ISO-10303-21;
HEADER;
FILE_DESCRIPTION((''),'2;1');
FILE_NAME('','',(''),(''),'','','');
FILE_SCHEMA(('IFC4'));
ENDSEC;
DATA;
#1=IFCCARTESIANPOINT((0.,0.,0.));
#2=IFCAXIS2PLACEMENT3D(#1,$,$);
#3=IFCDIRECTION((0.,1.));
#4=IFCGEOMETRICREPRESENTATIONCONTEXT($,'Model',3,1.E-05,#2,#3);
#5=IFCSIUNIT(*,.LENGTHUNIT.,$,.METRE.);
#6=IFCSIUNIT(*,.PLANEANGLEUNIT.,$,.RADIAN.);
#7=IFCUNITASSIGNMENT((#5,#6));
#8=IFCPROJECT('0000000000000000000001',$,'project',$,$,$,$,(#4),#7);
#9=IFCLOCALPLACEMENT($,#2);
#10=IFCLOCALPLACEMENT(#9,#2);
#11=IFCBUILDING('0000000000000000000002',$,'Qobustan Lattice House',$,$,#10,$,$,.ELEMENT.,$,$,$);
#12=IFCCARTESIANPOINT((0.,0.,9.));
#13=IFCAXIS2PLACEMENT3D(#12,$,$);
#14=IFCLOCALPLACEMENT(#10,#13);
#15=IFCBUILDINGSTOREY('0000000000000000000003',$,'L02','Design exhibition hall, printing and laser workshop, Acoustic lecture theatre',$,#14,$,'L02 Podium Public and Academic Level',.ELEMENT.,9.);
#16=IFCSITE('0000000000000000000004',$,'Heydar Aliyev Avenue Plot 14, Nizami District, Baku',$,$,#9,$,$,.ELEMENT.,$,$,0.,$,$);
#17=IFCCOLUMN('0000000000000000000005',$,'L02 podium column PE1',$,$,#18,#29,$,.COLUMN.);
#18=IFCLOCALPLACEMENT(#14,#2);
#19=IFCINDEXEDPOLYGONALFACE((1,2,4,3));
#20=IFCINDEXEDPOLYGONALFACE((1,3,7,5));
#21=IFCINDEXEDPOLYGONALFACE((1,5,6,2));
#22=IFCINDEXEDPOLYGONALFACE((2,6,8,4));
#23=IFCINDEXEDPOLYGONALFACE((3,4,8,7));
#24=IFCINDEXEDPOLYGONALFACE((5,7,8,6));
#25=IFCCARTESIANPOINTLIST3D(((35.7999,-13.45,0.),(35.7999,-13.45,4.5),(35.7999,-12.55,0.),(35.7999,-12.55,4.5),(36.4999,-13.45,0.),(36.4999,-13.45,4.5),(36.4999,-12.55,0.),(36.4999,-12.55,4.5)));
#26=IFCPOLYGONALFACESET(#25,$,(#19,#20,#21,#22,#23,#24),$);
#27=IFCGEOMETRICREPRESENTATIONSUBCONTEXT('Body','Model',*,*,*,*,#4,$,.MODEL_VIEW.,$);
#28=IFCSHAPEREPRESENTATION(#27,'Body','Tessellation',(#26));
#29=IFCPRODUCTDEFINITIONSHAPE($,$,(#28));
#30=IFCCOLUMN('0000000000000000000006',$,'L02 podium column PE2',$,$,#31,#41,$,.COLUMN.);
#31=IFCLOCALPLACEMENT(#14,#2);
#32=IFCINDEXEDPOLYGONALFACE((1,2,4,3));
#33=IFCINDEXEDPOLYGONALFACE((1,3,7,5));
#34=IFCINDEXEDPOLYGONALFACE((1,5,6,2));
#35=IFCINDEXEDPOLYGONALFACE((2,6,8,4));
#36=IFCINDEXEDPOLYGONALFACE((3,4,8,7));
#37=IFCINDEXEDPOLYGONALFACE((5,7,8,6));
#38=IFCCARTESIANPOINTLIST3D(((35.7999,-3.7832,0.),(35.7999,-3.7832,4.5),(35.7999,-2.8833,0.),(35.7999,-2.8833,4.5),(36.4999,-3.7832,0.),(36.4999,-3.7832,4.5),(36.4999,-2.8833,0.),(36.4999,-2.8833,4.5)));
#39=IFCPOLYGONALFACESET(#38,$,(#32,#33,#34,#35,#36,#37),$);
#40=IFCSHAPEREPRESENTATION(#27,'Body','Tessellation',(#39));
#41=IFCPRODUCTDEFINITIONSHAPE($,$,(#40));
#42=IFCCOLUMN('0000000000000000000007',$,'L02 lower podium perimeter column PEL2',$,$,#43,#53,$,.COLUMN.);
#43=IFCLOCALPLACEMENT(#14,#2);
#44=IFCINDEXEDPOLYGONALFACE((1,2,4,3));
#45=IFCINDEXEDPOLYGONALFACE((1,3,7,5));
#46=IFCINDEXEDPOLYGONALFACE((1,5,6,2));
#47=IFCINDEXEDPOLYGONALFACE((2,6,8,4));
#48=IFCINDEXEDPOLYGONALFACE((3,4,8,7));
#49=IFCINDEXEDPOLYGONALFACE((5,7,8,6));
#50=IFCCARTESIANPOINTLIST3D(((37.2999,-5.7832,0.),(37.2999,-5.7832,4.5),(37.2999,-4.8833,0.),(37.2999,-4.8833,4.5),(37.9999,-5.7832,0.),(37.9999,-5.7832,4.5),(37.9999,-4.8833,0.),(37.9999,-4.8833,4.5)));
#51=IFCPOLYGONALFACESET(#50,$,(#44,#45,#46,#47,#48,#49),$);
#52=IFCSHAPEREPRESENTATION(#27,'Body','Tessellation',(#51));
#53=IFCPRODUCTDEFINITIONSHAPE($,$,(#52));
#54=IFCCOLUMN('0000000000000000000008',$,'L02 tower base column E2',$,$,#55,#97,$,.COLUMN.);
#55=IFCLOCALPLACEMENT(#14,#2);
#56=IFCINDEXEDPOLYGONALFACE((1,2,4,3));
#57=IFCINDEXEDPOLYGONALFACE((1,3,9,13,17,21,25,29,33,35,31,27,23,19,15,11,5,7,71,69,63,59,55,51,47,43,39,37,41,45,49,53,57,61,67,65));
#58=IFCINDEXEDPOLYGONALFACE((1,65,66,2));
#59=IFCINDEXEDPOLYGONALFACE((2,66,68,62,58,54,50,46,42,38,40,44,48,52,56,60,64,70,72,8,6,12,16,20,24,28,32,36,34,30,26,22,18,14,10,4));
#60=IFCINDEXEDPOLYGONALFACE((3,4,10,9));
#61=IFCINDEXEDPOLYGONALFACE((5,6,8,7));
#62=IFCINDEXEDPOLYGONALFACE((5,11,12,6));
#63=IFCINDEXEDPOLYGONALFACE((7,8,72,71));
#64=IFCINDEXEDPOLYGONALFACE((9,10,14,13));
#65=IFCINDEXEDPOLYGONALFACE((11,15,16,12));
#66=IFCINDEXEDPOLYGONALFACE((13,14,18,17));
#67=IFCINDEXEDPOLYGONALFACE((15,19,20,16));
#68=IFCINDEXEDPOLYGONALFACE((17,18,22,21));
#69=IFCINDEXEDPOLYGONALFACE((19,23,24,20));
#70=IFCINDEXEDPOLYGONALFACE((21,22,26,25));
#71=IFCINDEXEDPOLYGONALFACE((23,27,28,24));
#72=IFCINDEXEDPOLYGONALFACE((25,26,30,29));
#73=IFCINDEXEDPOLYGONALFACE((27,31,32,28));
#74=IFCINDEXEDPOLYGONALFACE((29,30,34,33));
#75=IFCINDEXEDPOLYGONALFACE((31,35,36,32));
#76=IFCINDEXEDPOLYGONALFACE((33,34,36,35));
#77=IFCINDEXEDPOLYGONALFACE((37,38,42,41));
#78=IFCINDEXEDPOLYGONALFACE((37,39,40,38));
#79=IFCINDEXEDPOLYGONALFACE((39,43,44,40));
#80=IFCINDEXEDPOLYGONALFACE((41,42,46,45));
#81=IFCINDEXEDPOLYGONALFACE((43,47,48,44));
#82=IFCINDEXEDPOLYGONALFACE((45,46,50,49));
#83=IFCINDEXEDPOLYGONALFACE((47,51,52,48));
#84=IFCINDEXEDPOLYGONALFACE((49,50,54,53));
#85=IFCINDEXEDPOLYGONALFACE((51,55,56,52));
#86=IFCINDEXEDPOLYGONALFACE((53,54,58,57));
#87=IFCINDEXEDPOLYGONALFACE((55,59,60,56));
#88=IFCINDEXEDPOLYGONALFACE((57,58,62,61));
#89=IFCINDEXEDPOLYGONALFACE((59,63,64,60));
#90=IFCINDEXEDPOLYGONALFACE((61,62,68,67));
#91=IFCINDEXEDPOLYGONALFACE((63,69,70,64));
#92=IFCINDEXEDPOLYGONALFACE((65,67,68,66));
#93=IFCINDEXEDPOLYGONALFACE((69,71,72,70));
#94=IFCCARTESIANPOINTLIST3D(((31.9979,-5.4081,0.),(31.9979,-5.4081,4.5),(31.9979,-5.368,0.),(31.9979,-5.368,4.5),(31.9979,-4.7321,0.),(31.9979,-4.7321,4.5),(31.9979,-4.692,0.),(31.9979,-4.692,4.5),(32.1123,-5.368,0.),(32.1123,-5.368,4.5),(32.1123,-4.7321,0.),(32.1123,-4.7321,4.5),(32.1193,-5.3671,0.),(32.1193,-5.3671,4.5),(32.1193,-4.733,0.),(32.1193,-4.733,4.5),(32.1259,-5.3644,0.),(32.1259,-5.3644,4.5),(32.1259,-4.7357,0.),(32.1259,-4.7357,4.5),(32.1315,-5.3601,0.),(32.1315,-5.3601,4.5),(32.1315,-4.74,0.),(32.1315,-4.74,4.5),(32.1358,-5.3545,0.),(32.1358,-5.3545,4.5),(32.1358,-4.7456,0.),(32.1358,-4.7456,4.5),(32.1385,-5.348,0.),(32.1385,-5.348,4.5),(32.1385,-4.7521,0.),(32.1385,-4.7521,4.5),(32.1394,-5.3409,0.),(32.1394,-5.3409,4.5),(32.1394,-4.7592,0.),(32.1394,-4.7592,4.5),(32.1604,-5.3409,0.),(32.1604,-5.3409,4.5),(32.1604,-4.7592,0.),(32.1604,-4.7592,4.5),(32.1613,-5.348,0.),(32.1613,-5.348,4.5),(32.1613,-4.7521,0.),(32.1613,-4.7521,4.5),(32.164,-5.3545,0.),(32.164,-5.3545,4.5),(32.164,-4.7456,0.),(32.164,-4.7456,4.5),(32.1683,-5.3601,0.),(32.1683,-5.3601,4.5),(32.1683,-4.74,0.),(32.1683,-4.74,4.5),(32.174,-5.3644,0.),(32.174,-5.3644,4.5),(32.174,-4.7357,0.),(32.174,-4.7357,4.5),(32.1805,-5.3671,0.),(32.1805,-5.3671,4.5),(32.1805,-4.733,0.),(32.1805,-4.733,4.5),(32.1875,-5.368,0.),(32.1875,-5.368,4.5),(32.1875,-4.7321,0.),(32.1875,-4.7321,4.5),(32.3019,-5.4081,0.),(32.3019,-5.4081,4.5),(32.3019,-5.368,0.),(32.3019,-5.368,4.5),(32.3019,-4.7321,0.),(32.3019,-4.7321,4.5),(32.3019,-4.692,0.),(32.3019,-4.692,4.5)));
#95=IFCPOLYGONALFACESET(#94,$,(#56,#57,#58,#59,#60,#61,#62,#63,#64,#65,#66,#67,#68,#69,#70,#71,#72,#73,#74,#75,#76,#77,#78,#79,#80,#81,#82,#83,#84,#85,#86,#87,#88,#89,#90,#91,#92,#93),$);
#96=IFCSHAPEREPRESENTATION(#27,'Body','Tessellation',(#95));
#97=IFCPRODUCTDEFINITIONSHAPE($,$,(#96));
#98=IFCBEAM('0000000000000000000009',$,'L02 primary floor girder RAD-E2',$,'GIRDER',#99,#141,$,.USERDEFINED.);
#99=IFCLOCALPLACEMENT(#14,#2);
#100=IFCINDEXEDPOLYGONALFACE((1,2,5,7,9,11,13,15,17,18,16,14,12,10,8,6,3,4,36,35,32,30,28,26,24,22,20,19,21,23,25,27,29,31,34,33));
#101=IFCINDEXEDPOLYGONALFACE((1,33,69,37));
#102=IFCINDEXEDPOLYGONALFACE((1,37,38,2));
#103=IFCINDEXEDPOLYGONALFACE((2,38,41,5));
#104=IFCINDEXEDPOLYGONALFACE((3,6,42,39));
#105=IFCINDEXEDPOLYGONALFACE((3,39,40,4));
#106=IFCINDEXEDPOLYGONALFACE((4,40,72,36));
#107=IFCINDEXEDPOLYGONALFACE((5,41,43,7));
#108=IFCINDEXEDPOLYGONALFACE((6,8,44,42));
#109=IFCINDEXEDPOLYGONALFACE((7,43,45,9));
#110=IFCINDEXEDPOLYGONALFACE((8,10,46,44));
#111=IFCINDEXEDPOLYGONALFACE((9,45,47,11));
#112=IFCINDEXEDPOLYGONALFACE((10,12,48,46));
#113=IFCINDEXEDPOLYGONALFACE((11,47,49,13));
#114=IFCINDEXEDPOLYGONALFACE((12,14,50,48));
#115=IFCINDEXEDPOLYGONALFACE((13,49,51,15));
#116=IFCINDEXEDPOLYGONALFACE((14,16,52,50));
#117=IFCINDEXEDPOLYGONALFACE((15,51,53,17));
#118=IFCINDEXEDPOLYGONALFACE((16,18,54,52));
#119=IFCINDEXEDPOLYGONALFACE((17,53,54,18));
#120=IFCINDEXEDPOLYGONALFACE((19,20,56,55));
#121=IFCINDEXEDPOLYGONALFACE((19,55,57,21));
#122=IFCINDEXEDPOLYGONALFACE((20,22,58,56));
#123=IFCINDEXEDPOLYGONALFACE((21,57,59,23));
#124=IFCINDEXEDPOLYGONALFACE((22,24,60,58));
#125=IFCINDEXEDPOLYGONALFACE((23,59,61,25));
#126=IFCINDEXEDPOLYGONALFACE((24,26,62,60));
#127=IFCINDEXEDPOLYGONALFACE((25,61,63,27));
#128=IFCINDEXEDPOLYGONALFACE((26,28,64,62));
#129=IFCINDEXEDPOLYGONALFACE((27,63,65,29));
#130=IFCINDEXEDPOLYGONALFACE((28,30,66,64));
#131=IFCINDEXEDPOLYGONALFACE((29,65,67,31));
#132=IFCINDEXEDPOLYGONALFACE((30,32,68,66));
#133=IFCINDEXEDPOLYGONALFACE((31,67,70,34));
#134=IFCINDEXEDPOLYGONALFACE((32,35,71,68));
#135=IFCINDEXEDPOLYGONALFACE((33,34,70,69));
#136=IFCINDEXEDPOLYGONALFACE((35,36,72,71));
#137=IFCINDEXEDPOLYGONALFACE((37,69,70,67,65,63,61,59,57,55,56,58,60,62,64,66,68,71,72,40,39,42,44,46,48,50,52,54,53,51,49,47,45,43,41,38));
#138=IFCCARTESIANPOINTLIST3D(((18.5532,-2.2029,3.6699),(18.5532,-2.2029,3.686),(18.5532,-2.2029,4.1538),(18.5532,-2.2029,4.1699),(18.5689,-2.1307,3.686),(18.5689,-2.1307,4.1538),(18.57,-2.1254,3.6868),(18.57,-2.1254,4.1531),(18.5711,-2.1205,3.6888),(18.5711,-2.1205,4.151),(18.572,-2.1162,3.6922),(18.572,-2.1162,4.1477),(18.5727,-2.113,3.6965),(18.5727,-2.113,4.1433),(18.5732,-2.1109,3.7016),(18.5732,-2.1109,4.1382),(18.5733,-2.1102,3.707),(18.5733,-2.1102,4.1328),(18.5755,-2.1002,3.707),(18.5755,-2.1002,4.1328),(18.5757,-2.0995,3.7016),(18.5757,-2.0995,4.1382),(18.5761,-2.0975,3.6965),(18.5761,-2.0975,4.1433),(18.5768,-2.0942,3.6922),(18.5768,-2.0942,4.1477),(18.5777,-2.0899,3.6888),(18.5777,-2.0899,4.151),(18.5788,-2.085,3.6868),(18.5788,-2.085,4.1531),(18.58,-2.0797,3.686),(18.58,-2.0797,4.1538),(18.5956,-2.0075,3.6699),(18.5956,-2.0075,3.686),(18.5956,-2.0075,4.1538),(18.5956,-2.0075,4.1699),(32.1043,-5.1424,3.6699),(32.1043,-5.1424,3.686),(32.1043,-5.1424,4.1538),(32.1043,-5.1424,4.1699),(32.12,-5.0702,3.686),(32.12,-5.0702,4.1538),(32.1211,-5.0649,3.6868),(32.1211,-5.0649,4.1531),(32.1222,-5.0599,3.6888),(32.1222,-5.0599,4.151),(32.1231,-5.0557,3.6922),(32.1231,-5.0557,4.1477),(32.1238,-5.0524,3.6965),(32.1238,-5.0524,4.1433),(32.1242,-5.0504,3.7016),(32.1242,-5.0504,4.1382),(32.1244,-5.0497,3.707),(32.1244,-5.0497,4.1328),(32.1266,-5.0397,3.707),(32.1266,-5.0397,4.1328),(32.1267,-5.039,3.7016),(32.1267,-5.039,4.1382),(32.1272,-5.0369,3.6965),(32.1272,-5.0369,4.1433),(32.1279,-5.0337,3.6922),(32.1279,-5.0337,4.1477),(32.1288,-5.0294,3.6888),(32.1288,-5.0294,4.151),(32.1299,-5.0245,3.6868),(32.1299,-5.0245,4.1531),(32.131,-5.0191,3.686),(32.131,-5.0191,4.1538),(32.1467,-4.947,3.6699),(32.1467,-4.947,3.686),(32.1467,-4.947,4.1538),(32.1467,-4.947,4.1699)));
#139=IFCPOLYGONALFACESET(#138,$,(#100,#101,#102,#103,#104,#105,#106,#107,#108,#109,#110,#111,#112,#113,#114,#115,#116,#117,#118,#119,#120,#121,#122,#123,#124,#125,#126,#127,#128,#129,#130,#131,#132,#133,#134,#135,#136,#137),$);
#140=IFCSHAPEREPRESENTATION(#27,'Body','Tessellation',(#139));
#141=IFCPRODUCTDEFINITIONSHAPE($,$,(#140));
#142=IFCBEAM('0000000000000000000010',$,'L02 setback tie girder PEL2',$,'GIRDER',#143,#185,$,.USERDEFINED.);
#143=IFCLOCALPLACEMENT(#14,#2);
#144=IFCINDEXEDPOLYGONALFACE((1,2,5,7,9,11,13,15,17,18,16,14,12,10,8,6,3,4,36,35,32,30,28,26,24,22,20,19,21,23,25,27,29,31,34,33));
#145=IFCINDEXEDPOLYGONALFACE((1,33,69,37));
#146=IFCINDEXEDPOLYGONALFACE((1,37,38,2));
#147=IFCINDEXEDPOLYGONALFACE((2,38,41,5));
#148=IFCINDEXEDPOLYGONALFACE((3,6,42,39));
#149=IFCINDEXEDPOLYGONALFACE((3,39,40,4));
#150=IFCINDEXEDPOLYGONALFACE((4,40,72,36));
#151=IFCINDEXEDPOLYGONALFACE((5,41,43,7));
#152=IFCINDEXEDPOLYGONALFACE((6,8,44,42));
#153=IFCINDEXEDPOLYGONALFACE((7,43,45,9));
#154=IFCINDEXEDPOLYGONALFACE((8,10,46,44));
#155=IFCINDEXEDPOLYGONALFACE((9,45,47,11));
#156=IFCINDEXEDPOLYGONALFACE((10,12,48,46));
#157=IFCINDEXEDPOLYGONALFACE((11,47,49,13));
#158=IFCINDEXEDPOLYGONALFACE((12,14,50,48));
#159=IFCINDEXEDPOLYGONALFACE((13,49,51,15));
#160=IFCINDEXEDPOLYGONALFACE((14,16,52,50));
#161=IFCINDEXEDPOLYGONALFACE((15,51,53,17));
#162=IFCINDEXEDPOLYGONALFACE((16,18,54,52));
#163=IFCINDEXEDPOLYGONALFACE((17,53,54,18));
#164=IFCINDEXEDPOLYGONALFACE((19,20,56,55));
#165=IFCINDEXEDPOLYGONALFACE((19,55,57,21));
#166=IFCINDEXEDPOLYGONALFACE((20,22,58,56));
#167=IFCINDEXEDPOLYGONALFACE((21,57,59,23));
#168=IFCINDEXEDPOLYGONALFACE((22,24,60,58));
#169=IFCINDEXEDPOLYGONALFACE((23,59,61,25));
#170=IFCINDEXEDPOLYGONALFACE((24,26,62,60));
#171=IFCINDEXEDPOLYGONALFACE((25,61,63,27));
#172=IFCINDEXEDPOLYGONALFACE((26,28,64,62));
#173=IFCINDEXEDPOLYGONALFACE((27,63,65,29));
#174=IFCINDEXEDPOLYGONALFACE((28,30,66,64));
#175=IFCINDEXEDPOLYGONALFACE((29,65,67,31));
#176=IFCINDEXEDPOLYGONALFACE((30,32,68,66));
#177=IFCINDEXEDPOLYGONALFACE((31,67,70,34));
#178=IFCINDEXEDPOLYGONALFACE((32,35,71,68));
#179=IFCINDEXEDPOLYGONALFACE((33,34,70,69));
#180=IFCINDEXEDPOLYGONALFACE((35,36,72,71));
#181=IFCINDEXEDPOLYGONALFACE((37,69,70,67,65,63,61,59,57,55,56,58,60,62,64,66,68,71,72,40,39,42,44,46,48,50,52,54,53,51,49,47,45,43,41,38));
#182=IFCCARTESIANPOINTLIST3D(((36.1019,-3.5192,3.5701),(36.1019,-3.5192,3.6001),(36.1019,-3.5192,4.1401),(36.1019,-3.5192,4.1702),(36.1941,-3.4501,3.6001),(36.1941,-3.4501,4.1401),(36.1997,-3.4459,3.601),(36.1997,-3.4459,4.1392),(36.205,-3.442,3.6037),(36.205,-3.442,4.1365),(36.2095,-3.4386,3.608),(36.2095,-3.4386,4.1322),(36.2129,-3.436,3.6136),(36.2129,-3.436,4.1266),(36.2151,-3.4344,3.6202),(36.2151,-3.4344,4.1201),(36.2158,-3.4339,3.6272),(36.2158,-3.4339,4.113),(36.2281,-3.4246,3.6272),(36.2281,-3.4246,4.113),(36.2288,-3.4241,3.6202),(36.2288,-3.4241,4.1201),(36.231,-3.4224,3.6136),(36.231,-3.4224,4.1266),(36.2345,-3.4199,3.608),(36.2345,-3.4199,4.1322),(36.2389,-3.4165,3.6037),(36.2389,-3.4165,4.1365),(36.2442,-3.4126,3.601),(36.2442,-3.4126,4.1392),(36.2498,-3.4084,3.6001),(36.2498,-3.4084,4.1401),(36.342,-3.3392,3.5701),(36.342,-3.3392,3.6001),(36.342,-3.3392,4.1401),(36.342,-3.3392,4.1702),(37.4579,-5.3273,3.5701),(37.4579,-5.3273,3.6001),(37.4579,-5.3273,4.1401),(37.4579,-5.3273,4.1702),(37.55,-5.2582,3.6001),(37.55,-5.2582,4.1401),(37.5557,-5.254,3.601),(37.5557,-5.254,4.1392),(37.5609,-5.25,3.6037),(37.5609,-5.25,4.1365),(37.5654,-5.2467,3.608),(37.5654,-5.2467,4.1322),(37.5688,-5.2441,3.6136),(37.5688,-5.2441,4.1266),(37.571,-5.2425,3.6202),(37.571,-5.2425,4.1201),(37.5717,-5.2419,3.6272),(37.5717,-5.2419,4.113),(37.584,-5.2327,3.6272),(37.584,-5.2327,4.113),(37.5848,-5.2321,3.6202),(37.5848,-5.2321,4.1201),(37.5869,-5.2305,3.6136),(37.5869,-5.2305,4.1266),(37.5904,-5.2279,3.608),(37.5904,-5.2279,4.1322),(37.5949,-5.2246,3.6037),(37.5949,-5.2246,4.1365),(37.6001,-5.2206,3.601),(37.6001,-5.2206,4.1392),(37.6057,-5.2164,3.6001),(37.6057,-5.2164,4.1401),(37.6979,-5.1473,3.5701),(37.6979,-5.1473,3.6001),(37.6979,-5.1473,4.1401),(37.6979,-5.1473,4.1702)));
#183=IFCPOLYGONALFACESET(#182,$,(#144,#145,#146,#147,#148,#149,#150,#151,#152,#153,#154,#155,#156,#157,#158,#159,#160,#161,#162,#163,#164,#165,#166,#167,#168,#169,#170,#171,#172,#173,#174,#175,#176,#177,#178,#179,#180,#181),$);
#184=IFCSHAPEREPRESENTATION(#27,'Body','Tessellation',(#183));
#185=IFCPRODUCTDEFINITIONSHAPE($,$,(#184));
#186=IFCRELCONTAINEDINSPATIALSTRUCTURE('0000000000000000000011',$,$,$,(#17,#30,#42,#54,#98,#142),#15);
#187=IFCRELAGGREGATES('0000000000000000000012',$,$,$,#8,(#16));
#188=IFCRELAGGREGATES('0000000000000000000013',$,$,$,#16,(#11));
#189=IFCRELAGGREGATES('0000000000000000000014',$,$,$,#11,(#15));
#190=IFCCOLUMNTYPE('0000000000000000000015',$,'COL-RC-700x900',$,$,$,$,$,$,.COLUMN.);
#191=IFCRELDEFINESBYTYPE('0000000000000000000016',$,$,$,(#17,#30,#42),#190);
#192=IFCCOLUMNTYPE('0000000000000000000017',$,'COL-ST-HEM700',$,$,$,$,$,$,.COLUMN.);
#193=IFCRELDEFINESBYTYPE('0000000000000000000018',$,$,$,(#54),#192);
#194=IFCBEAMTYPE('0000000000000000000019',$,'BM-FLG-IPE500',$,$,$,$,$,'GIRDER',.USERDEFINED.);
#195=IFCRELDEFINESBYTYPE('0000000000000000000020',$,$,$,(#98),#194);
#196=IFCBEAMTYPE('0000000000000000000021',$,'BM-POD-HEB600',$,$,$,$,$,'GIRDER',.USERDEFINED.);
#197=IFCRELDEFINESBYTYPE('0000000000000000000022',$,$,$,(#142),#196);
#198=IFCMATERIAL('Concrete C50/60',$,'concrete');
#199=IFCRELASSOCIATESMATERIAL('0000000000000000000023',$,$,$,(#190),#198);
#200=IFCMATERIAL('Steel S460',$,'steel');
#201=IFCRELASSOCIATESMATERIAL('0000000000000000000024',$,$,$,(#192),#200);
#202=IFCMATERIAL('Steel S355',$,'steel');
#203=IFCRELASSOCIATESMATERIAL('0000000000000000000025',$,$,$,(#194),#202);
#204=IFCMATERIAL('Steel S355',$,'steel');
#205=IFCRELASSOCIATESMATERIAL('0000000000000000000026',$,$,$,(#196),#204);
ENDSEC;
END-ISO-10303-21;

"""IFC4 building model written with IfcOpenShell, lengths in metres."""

from ifc_helpers import new_model, si_unit, direction, frame, origin, origin_2d, place, context, subcontext, project, spatial, rectangle, i_section, extrude, material, material_profile, profile_set, type_object, element, save


model = new_model("IFC4")

# Units and contexts
model_context = context("Model", 3, precision=1e-05, world=origin(), true_north=direction((0.0, 1.0)))
body_context = subcontext(model_context, "Body", "Model", "MODEL_VIEW")
ifc_project = project(units=[si_unit("LENGTHUNIT", "METRE"), si_unit("PLANEANGLEUNIT", "RADIAN")], contexts=[model_context])

# Site, building, storey
site_placement = place(None, origin())
site = spatial("IfcSite", under=ifc_project, at=site_placement, Name="Heydar Aliyev Avenue Plot 14, Nizami District, Baku", CompositionType="ELEMENT", RefElevation=0.0)
building_placement = place(site_placement, origin())
building = spatial("IfcBuilding", under=site, at=building_placement, Name="Qobustan Lattice House", CompositionType="ELEMENT")
storey_placement = place(building_placement, frame((0.0, 0.0, 9.0)))
storey = spatial("IfcBuildingStorey", under=building, at=storey_placement, Name="L02", Description="Design exhibition hall, printing and laser workshop, Acoustic lecture theatre", LongName="L02 Podium Public and Academic Level", CompositionType="ELEMENT", Elevation=9.0)

# Columns
ifc_material_1 = material(Name="Concrete C50/60", Category="concrete")
ifc_material_profile_1 = material_profile(ifc_material_1, rectangle(XDim=0.7, YDim=0.8999, at=origin_2d()), Name="RC700x900")
ifc_profile_set_1 = profile_set([ifc_material_profile_1], Name="Concrete C50/60")
column_type_1 = type_object("IfcColumnType", Name="COL-RC-700x900", PredefinedType="COLUMN", material=ifc_profile_set_1)
for number, where, z_axis, x_axis, name in (
    (1, (36.1499, -13.0, 0.0), (0.0, 0.0, 1.0), (1.0, 0.0, 0.0), "L02 podium column PE1"),
    (2, (36.1499, -3.3333, 0.0), (0.0, 0.0, 1.0), (1.0, 0.0, 0.0), "L02 podium column PE2"),
    (3, (37.6499, -5.3333, 0.0), (0.0, 0.0, 1.0), (1.0, 0.0, 0.0), "L02 lower podium perimeter column PEL2"),
):
    element("IfcColumn", number, at=place(storey_placement, frame(where, z_axis=z_axis, x_axis=x_axis)), inside=storey, type_object=column_type_1, Name=name, PredefinedType="COLUMN", context=body_context, shape_type="SweptSolid", body=[
        extrude(rectangle(XDim=0.7, YDim=0.8999, at=origin_2d()), origin(), (0.0, 0.0, 1.0), 4.5),
    ])
ifc_material_2 = material(Name="Steel S460", Category="steel")
ifc_material_profile_2 = material_profile(ifc_material_2, i_section(OverallWidth=0.304, OverallDepth=0.7161, WebThickness=0.021, FlangeThickness=0.04, FilletRadius=0.0271, at=origin_2d()), Name="HEM700")
ifc_profile_set_2 = profile_set([ifc_material_profile_2], Name="Steel S460")
column_type_2 = type_object("IfcColumnType", Name="COL-ST-HEM700", PredefinedType="COLUMN", material=ifc_profile_set_2)
column_placement = place(storey_placement, frame((32.1499, -5.05, 0.0), z_axis=(0.0, 0.0, 1.0), x_axis=(1.0, 0.0, 0.0)))
element("IfcColumn", 4, at=column_placement, inside=storey, type_object=column_type_2, Name="L02 tower base column E2", PredefinedType="COLUMN", context=body_context, shape_type="SweptSolid", body=[
    extrude(i_section(OverallWidth=0.304, OverallDepth=0.7161, WebThickness=0.021, FlangeThickness=0.04, FilletRadius=0.0271, at=origin_2d()), origin(), (0.0, 0.0, 1.0), 4.5),
])

# Beams
ifc_material_3 = material(Name="Steel S355", Category="steel")
ifc_material_profile_3 = material_profile(ifc_material_3, i_section(OverallWidth=0.2, OverallDepth=0.5, WebThickness=0.0103, FlangeThickness=0.0161, FilletRadius=0.021, at=origin_2d()), Name="IPE500")
ifc_profile_set_3 = profile_set([ifc_material_profile_3], Name="Steel S355")
beam_type_1 = type_object("IfcBeamType", Name="BM-FLG-IPE500", ElementType="GIRDER", PredefinedType="USERDEFINED", material=ifc_profile_set_3)
beam_1_placement = place(storey_placement, frame((32.1255, -5.0447, 3.9199), z_axis=(-0.977272, 0.211987, 0.0), x_axis=(-0.211987, -0.977272, 0.0)))
element("IfcBeam", 5, at=beam_1_placement, inside=storey, type_object=beam_type_1, Name="L02 primary floor girder RAD-E2", ObjectType="GIRDER", PredefinedType="USERDEFINED", context=body_context, shape_type="SweptSolid", body=[
    extrude(i_section(OverallWidth=0.2, OverallDepth=0.5, WebThickness=0.0103, FlangeThickness=0.0161, FilletRadius=0.021, at=origin_2d()), origin(), (0.0, 0.0, 1.0), 13.8662),
])
ifc_material_4 = material(Name="Steel S355", Category="steel")
ifc_material_profile_4 = material_profile(ifc_material_4, i_section(OverallWidth=0.3, OverallDepth=0.6001, WebThickness=0.0154, FlangeThickness=0.03, FilletRadius=0.0271, at=origin_2d()), Name="HEB600")
ifc_profile_set_4 = profile_set([ifc_material_profile_4], Name="Steel S355")
beam_type_2 = type_object("IfcBeamType", Name="BM-POD-HEB600", ElementType="GIRDER", PredefinedType="USERDEFINED", material=ifc_profile_set_4)
beam_2_placement = place(storey_placement, frame((37.5779, -5.2373, 3.8701), z_axis=(-0.599965, 0.800026, 0.0), x_axis=(-0.800026, -0.599965, 0.0)))
element("IfcBeam", 6, at=beam_2_placement, inside=storey, type_object=beam_type_2, Name="L02 setback tie girder PEL2", ObjectType="GIRDER", PredefinedType="USERDEFINED", context=body_context, shape_type="SweptSolid", body=[
    extrude(i_section(OverallWidth=0.3, OverallDepth=0.6001, WebThickness=0.0154, FlangeThickness=0.03, FilletRadius=0.0271, at=origin_2d()), origin(), (0.0, 0.0, 1.0), 2.26),
])

save(model, "model.ifc")
